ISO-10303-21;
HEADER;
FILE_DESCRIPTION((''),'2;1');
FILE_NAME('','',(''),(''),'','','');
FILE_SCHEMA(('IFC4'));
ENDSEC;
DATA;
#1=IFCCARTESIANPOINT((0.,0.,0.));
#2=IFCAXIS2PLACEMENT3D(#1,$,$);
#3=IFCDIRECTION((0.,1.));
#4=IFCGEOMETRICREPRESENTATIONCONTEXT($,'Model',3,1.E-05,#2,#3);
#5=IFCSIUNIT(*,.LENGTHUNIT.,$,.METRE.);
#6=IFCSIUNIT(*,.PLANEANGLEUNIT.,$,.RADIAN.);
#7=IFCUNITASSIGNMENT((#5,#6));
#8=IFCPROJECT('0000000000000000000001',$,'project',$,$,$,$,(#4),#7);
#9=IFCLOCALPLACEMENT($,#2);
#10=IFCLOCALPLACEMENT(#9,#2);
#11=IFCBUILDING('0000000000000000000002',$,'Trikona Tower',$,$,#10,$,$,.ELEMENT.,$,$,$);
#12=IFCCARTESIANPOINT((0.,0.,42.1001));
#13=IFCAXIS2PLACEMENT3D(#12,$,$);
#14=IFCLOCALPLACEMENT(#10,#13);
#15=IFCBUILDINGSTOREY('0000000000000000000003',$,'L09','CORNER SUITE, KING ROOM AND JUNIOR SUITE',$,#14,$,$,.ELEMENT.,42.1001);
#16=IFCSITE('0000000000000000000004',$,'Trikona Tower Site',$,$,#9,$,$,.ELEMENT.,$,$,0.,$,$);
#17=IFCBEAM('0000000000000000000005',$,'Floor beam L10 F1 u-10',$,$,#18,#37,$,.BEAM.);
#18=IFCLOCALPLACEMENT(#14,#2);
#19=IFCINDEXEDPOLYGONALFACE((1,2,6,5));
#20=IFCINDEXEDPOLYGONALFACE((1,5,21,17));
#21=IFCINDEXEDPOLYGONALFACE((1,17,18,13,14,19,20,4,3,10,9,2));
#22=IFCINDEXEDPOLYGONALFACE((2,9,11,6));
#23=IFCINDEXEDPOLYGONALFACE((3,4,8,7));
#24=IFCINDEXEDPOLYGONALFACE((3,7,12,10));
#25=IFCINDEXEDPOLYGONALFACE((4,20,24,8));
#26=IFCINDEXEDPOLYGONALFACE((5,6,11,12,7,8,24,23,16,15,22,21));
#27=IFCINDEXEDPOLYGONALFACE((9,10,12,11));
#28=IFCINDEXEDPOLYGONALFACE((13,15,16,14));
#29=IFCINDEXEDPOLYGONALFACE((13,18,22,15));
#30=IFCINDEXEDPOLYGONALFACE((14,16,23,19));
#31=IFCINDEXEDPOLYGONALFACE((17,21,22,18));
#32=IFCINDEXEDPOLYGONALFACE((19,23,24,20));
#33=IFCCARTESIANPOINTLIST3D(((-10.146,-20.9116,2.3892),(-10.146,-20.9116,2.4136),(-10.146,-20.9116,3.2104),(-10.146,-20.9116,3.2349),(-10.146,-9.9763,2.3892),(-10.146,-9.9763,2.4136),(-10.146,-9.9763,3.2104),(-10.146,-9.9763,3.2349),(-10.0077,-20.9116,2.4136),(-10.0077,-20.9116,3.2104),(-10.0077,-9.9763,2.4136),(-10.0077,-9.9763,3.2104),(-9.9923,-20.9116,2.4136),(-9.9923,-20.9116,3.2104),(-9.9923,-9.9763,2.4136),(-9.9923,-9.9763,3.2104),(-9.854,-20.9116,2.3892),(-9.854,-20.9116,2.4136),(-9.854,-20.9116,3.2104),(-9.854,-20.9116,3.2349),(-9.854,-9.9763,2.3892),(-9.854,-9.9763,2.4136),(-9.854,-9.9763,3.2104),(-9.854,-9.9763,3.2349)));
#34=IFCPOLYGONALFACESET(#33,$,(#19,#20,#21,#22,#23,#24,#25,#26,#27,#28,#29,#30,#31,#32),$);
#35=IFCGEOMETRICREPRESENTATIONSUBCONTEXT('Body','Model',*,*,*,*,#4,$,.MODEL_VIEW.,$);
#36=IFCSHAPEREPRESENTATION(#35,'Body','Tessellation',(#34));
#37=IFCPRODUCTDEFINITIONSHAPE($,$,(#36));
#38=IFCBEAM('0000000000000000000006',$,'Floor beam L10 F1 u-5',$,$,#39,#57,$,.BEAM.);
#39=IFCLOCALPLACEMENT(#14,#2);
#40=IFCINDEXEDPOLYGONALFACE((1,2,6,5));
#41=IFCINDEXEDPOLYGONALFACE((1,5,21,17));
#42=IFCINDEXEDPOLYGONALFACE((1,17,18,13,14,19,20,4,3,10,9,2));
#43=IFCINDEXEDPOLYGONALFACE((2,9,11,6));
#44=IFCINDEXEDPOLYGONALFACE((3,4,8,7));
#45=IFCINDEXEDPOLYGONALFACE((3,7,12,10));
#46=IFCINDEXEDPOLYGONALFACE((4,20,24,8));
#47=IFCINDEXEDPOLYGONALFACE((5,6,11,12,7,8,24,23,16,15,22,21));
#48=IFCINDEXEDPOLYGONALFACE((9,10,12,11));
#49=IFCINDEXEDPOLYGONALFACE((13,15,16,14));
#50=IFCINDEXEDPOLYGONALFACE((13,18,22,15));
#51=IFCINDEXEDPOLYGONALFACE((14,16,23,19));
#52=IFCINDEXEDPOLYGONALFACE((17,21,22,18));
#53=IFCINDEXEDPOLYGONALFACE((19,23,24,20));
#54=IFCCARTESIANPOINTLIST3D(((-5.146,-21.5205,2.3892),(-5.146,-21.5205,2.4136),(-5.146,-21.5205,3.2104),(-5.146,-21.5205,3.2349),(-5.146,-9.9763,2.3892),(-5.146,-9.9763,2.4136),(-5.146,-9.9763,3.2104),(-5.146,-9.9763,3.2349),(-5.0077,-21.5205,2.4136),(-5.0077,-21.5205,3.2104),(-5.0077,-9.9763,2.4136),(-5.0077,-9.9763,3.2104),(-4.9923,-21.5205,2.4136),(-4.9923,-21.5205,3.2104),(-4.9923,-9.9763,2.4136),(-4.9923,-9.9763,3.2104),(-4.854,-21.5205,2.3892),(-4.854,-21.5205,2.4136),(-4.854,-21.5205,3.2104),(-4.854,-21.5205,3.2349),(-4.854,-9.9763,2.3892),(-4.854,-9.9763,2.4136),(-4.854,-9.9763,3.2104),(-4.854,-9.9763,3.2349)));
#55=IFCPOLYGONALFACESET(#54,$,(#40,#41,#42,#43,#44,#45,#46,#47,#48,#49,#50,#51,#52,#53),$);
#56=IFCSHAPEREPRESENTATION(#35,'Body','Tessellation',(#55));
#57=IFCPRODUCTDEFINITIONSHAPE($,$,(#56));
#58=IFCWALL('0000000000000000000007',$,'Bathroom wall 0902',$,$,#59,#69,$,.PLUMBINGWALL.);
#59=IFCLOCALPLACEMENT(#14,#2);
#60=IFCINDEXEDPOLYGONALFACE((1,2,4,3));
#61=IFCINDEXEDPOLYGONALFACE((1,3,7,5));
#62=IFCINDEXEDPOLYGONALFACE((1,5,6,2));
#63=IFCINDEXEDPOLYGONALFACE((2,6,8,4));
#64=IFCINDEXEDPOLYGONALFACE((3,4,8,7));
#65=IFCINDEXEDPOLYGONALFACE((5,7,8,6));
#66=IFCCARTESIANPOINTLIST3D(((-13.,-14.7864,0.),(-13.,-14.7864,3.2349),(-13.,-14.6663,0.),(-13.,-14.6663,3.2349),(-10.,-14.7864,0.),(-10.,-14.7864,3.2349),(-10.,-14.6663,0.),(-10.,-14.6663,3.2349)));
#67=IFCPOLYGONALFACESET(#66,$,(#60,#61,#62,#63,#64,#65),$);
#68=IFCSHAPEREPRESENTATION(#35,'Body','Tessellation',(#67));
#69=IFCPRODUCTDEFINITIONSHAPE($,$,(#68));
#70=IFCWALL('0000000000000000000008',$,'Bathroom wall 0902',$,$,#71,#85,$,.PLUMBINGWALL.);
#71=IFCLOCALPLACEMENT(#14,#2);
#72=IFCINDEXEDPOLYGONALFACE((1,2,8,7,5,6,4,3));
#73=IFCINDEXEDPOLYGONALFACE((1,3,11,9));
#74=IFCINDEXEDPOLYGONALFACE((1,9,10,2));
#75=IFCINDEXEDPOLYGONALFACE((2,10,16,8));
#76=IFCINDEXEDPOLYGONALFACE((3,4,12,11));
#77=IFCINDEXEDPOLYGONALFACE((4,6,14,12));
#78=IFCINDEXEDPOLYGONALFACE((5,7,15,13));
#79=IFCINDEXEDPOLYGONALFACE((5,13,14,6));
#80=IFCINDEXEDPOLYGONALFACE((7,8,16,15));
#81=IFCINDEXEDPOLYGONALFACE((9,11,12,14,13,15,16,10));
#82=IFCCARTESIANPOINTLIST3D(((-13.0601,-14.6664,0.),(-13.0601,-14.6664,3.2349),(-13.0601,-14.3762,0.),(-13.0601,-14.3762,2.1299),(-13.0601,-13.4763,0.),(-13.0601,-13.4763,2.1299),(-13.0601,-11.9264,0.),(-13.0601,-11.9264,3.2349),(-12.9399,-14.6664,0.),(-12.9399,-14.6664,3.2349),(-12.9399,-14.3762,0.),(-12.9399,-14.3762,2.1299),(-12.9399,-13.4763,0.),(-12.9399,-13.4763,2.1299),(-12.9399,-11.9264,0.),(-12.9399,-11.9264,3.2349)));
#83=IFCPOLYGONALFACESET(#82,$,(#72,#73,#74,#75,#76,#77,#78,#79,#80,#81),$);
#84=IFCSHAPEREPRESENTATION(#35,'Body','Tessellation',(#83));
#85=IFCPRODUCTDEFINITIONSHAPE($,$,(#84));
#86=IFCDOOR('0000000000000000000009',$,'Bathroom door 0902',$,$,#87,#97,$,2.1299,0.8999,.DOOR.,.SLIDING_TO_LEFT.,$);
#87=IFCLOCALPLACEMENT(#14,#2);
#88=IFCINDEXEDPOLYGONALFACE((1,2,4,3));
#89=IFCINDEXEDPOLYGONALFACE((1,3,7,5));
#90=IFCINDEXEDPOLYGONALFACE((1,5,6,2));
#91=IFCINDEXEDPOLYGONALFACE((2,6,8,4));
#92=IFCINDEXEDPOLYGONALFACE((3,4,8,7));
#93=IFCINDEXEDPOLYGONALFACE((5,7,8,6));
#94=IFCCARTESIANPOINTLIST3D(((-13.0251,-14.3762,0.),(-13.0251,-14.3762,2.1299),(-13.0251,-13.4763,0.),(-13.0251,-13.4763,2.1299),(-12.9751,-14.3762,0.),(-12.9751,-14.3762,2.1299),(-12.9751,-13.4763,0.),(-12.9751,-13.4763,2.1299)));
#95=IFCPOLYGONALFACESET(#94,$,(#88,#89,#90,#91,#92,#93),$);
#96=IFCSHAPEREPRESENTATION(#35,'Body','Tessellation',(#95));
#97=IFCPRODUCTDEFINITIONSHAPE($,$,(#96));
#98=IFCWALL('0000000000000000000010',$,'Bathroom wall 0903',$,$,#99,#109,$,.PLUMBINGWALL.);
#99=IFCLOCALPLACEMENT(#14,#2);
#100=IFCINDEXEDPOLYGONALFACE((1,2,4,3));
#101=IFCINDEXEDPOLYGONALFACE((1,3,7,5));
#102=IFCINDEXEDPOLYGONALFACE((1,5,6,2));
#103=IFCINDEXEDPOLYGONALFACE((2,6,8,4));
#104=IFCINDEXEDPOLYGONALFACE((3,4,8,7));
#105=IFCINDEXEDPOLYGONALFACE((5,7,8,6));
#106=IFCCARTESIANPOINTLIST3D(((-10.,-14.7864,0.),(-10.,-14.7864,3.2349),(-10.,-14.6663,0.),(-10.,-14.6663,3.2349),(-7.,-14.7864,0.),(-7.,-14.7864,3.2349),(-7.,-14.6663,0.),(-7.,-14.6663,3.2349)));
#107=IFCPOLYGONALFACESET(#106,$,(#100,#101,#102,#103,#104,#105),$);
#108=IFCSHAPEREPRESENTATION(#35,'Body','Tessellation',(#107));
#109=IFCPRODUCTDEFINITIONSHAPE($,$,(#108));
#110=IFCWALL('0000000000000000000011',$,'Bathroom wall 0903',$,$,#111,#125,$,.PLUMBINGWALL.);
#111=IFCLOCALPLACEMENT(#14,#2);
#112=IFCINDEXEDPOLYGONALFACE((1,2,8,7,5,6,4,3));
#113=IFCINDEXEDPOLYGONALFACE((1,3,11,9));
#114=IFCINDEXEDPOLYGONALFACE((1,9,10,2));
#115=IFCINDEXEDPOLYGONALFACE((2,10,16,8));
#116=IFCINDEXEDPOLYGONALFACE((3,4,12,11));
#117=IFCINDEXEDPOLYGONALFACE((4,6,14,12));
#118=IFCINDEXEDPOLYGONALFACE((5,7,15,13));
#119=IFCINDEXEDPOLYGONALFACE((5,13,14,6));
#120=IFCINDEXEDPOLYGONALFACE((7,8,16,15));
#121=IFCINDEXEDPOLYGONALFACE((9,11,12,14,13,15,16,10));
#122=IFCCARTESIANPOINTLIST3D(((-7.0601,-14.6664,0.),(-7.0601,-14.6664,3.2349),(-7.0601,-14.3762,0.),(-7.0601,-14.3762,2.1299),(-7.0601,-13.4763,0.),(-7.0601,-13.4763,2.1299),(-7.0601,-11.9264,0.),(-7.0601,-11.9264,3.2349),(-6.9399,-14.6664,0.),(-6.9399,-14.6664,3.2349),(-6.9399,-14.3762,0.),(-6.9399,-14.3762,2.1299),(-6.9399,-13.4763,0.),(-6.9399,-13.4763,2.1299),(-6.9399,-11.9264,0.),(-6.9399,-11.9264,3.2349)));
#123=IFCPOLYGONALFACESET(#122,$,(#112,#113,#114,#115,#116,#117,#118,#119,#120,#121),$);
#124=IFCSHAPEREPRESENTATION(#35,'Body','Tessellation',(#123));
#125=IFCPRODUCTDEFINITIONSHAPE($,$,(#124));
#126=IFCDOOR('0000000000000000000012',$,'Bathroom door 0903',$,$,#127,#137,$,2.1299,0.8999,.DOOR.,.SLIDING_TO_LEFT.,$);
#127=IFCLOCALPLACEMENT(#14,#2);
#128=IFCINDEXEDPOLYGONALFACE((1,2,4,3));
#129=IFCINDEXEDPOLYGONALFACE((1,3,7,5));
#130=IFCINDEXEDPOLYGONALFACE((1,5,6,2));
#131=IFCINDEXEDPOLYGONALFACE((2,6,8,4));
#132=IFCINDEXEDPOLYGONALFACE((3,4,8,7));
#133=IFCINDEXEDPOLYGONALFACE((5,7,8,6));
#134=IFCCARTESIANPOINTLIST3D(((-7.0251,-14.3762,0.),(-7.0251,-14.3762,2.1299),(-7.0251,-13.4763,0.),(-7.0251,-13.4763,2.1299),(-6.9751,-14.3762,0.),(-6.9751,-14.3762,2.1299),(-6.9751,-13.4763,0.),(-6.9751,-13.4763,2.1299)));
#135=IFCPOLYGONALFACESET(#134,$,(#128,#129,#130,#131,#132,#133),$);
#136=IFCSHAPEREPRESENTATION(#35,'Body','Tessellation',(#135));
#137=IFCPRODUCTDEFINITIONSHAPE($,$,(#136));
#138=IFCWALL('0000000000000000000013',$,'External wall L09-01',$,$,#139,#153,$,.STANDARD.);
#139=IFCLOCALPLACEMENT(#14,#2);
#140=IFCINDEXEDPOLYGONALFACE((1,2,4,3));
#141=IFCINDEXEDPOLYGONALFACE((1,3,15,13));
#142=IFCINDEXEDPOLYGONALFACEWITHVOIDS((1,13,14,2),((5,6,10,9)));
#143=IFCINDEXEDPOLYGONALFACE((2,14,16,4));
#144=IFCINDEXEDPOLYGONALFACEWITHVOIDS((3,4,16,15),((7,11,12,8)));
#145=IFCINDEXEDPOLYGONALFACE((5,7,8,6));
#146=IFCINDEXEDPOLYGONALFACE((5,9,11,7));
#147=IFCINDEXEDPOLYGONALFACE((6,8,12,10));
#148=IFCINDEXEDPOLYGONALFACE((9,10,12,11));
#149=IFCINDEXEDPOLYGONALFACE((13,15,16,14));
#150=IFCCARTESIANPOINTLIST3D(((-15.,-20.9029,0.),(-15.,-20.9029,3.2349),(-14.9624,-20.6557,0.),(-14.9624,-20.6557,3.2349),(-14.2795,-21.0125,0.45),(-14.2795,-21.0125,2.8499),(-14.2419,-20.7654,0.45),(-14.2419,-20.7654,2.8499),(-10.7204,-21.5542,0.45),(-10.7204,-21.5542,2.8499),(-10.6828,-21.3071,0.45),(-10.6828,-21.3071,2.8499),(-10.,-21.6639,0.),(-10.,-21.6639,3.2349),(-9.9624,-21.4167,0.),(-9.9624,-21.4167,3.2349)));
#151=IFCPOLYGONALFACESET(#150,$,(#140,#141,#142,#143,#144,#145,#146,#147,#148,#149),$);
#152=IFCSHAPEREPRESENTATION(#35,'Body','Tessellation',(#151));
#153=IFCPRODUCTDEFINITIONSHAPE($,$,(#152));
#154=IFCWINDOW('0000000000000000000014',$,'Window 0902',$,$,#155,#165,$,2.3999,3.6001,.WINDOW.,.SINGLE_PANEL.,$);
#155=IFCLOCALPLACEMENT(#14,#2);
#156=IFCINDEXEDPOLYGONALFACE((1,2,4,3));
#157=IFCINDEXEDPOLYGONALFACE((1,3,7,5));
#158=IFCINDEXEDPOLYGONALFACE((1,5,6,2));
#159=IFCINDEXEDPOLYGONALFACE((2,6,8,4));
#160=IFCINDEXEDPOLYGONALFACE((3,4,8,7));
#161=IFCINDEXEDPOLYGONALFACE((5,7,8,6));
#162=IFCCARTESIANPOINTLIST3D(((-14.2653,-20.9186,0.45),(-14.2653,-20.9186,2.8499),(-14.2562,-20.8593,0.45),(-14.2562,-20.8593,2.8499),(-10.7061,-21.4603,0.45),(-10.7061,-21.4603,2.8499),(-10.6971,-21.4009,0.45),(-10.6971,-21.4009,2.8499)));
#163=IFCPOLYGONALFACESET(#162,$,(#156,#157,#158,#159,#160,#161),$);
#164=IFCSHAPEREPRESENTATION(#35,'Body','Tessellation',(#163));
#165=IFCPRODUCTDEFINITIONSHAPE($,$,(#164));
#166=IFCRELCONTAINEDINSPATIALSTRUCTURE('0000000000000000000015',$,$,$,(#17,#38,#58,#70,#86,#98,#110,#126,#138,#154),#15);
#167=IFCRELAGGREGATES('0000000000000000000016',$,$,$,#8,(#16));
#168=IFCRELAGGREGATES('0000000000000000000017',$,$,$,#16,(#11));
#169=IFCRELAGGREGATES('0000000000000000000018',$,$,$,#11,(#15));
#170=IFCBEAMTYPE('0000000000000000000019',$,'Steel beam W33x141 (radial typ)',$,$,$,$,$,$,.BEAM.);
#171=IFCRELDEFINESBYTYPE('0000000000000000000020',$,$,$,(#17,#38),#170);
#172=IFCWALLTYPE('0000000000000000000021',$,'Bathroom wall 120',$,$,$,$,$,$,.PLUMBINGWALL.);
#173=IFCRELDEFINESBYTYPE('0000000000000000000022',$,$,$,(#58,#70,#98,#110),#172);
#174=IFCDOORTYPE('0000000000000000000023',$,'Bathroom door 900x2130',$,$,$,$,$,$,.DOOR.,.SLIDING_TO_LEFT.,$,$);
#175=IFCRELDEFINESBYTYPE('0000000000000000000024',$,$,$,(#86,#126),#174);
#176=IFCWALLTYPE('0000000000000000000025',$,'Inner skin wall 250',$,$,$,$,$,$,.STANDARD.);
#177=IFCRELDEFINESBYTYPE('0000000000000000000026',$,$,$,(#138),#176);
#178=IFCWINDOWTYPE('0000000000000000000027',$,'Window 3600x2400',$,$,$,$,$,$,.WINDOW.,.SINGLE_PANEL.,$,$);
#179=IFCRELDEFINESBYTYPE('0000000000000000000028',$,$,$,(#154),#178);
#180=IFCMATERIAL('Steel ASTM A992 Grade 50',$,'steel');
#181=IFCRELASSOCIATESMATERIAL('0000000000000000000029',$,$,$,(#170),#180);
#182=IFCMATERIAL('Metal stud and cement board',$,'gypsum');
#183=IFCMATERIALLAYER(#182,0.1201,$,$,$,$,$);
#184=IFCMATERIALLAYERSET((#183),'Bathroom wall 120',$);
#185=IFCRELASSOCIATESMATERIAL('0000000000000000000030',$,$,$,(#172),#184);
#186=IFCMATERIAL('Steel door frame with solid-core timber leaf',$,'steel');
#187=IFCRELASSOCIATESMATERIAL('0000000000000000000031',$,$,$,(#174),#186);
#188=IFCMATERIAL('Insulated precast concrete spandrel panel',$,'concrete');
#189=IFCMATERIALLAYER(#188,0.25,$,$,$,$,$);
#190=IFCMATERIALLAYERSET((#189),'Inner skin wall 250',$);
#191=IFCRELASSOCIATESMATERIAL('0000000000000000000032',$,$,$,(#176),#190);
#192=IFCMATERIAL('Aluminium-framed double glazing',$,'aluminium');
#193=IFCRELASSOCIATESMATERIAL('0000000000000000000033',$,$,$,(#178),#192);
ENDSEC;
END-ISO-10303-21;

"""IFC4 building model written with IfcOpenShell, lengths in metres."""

from ifc_helpers import new_model, si_unit, direction, frame, frame_2d, origin, origin_2d, place, context, subcontext, project, spatial, rectangle, i_section, extrude, material, layer, layer_set, material_profile, profile_set, type_object, element, fill, save


model = new_model("IFC4")

# Units and contexts
model_context = context("Model", 3, precision=1e-05, world=origin(), true_north=direction((0.0, 1.0)))
body_context = subcontext(model_context, "Body", "Model", "MODEL_VIEW")
ifc_project = project(units=[si_unit("LENGTHUNIT", "METRE"), si_unit("PLANEANGLEUNIT", "RADIAN")], contexts=[model_context])

# Site, building, storey
site_placement = place(None, origin())
site = spatial("IfcSite", under=ifc_project, at=site_placement, Name="Trikona Tower Site", CompositionType="ELEMENT", RefElevation=0.0)
building_placement = place(site_placement, origin())
building = spatial("IfcBuilding", under=site, at=building_placement, Name="Trikona Tower", CompositionType="ELEMENT")
storey_placement = place(building_placement, frame((0.0, 0.0, 42.1001)))
storey = spatial("IfcBuildingStorey", under=building, at=storey_placement, Name="L09", Description="CORNER SUITE, KING ROOM AND JUNIOR SUITE", CompositionType="ELEMENT", Elevation=42.1001)

# Beams
ifc_material_1 = material(Name="Steel ASTM A992 Grade 50", Category="steel")
ifc_material_profile = material_profile(ifc_material_1, i_section(OverallWidth=0.292, OverallDepth=0.8457, WebThickness=0.0154, FlangeThickness=0.0244, at=origin_2d()), Name="W33X141")
ifc_profile_set = profile_set([ifc_material_profile], Name="Steel ASTM A992 Grade 50")
beam_type = type_object("IfcBeamType", Name="Steel beam W33x141 (radial typ)", PredefinedType="BEAM", material=ifc_profile_set)
beam_1_placement = place(storey_placement, frame((-10.0, -9.9763, 2.812), z_axis=(0.0, -1.0, 0.0), x_axis=(1.0, 0.0, 0.0)))
element("IfcBeam", 1, at=beam_1_placement, inside=storey, type_object=beam_type, Name="Floor beam L10 F1 u-10", PredefinedType="BEAM", context=body_context, shape_type="SweptSolid", body=[
    extrude(i_section(OverallWidth=0.292, OverallDepth=0.8457, WebThickness=0.0154, FlangeThickness=0.0244, at=origin_2d()), origin(), (0.0, 0.0, 1.0), 10.9353),
])
beam_2_placement = place(storey_placement, frame((-5.0, -9.9763, 2.812), z_axis=(0.0, -1.0, 0.0), x_axis=(1.0, 0.0, 0.0)))
element("IfcBeam", 2, at=beam_2_placement, inside=storey, type_object=beam_type, Name="Floor beam L10 F1 u-5", PredefinedType="BEAM", context=body_context, shape_type="SweptSolid", body=[
    extrude(i_section(OverallWidth=0.292, OverallDepth=0.8457, WebThickness=0.0154, FlangeThickness=0.0244, at=origin_2d()), origin(), (0.0, 0.0, 1.0), 11.5442),
])

# Wall
ifc_material_2 = material(Name="Metal stud and cement board", Category="gypsum")
ifc_layer_1 = layer(ifc_material_2, 0.1201)
ifc_layer_set_1 = layer_set([ifc_layer_1], Name="Bathroom wall 120")
wall_type_1 = type_object("IfcWallType", Name="Bathroom wall 120", PredefinedType="PLUMBINGWALL", material=ifc_layer_set_1)
wall_1_placement = place(storey_placement, frame((-13.0, -14.7263, 0.0), z_axis=(0.0, 0.0, 1.0), x_axis=(1.0, 0.0, 0.0)))
element("IfcWall", 3, at=wall_1_placement, inside=storey, type_object=wall_type_1, Name="Bathroom wall 0902", PredefinedType="PLUMBINGWALL", context=body_context, shape_type="SweptSolid", body=[
    extrude(rectangle(XDim=3.0, YDim=0.1201, at=frame_2d((1.5, 0.0))), origin(), (0.0, 0.0, 1.0), 3.2349),
])

# Wall, opening, door
wall_2_placement = place(storey_placement, frame((-13.0, -11.9263, 0.0), z_axis=(0.0, 0.0, 1.0), x_axis=(0.0, -1.0, 0.0)))
wall_2 = element("IfcWall", 4, at=wall_2_placement, inside=storey, type_object=wall_type_1, Name="Bathroom wall 0902", PredefinedType="PLUMBINGWALL", context=body_context, shape_type="SweptSolid", body=[
    extrude(rectangle(XDim=2.74, YDim=0.1201, at=frame_2d((1.3701, 0.0))), origin(), (0.0, 0.0, 1.0), 3.2349),
])
opening_1_placement = place(wall_2_placement, frame((1.55, 0.0, 0.0)))
opening_1 = element("IfcOpeningElement", 5, at=opening_1_placement, cuts=wall_2, PredefinedType="OPENING", context=body_context, shape_type="SweptSolid", body=[
    extrude(rectangle(XDim=0.8999, YDim=2.1299, at=frame_2d((0.45, 1.0649))), frame((0.0, 0.0701, 0.0), z_axis=(0.0, -1.0, 0.0), x_axis=(1.0, 0.0, 0.0)), (0.0, 0.0, 1.0), 0.1401),
])
ifc_material_3 = material(Name="Steel door frame with solid-core timber leaf", Category="steel")
door_type = type_object("IfcDoorType", Name="Bathroom door 900x2130", OperationType="SLIDING_TO_LEFT", PredefinedType="DOOR", material=ifc_material_3)
door_1_placement = place(opening_1_placement, origin())
door_1 = element("IfcDoor", 6, at=door_1_placement, inside=storey, type_object=door_type, Name="Bathroom door 0902", OperationType="SLIDING_TO_LEFT", OverallHeight=2.1299, OverallWidth=0.8999, PredefinedType="DOOR", context=body_context, shape_type="SweptSolid", body=[
    extrude(rectangle(XDim=0.8999, YDim=2.1299, at=frame_2d((0.45, 1.0649))), frame((0.0, 0.0249, 0.0), z_axis=(0.0, -1.0, 0.0), x_axis=(1.0, 0.0, 0.0)), (0.0, 0.0, 1.0), 0.05),
])
fill(opening_1, door_1)

# Wall
wall_3_placement = place(storey_placement, frame((-10.0, -14.7263, 0.0), z_axis=(0.0, 0.0, 1.0), x_axis=(1.0, 0.0, 0.0)))
element("IfcWall", 7, at=wall_3_placement, inside=storey, type_object=wall_type_1, Name="Bathroom wall 0903", PredefinedType="PLUMBINGWALL", context=body_context, shape_type="SweptSolid", body=[
    extrude(rectangle(XDim=3.0, YDim=0.1201, at=frame_2d((1.5, 0.0))), origin(), (0.0, 0.0, 1.0), 3.2349),
])

# Wall, opening, door
wall_4_placement = place(storey_placement, frame((-7.0, -11.9263, 0.0), z_axis=(0.0, 0.0, 1.0), x_axis=(0.0, -1.0, 0.0)))
wall_4 = element("IfcWall", 8, at=wall_4_placement, inside=storey, type_object=wall_type_1, Name="Bathroom wall 0903", PredefinedType="PLUMBINGWALL", context=body_context, shape_type="SweptSolid", body=[
    extrude(rectangle(XDim=2.74, YDim=0.1201, at=frame_2d((1.3701, 0.0))), origin(), (0.0, 0.0, 1.0), 3.2349),
])
opening_2_placement = place(wall_4_placement, frame((1.55, 0.0, 0.0)))
opening_2 = element("IfcOpeningElement", 9, at=opening_2_placement, cuts=wall_4, PredefinedType="OPENING", context=body_context, shape_type="SweptSolid", body=[
    extrude(rectangle(XDim=0.8999, YDim=2.1299, at=frame_2d((0.45, 1.0649))), frame((0.0, 0.0701, 0.0), z_axis=(0.0, -1.0, 0.0), x_axis=(1.0, 0.0, 0.0)), (0.0, 0.0, 1.0), 0.1401),
])
door_2_placement = place(opening_2_placement, origin())
door_2 = element("IfcDoor", 10, at=door_2_placement, inside=storey, type_object=door_type, Name="Bathroom door 0903", OperationType="SLIDING_TO_LEFT", OverallHeight=2.1299, OverallWidth=0.8999, PredefinedType="DOOR", context=body_context, shape_type="SweptSolid", body=[
    extrude(rectangle(XDim=0.8999, YDim=2.1299, at=frame_2d((0.45, 1.0649))), frame((0.0, 0.0249, 0.0), z_axis=(0.0, -1.0, 0.0), x_axis=(1.0, 0.0, 0.0)), (0.0, 0.0, 1.0), 0.05),
])
fill(opening_2, door_2)

# Wall, opening, window
ifc_material_4 = material(Name="Insulated precast concrete spandrel panel", Category="concrete")
ifc_layer_2 = layer(ifc_material_4, 0.25)
ifc_layer_set_2 = layer_set([ifc_layer_2], Name="Inner skin wall 250")
wall_type_2 = type_object("IfcWallType", Name="Inner skin wall 250", PredefinedType="STANDARD", material=ifc_layer_set_2)
wall_5_placement = place(storey_placement, frame((-14.9812, -20.7793, 0.0), z_axis=(0.0, 0.0, 1.0), x_axis=(0.988615, -0.150465, 0.0)))
wall_5 = element("IfcWall", 11, at=wall_5_placement, inside=storey, type_object=wall_type_2, Name="External wall L09-01", PredefinedType="STANDARD", context=body_context, shape_type="SweptSolid", body=[
    extrude(rectangle(XDim=5.0576, YDim=0.25, at=frame_2d((2.5288, 0.0))), origin(), (0.0, 0.0, 1.0), 3.2349),
])
opening_3_placement = place(wall_5_placement, frame((0.7288, 0.0, 0.45)))
opening_3 = element("IfcOpeningElement", 12, at=opening_3_placement, cuts=wall_5, PredefinedType="OPENING", context=body_context, shape_type="SweptSolid", body=[
    extrude(rectangle(XDim=3.6001, YDim=2.3999, at=frame_2d((1.8, 1.2))), frame((0.0, 0.135, 0.0), z_axis=(0.0, -1.0, 0.0), x_axis=(1.0, 0.0, 0.0)), (0.0, 0.0, 1.0), 0.27),
])
ifc_material_5 = material(Name="Aluminium-framed double glazing", Category="aluminium")
window_type = type_object("IfcWindowType", Name="Window 3600x2400", PartitioningType="SINGLE_PANEL", PredefinedType="WINDOW", material=ifc_material_5)
window_placement = place(opening_3_placement, origin())
window = element("IfcWindow", 13, at=window_placement, inside=storey, type_object=window_type, Name="Window 0902", OverallHeight=2.3999, OverallWidth=3.6001, PartitioningType="SINGLE_PANEL", PredefinedType="WINDOW", context=body_context, shape_type="SweptSolid", body=[
    extrude(rectangle(XDim=3.6001, YDim=2.3999, at=frame_2d((1.8, 1.2))), frame((0.0, 0.03, 0.0), z_axis=(0.0, -1.0, 0.0), x_axis=(1.0, 0.0, 0.0)), (0.0, 0.0, 1.0), 0.0601),
])
fill(opening_3, window)

save(model, "model.ifc")
